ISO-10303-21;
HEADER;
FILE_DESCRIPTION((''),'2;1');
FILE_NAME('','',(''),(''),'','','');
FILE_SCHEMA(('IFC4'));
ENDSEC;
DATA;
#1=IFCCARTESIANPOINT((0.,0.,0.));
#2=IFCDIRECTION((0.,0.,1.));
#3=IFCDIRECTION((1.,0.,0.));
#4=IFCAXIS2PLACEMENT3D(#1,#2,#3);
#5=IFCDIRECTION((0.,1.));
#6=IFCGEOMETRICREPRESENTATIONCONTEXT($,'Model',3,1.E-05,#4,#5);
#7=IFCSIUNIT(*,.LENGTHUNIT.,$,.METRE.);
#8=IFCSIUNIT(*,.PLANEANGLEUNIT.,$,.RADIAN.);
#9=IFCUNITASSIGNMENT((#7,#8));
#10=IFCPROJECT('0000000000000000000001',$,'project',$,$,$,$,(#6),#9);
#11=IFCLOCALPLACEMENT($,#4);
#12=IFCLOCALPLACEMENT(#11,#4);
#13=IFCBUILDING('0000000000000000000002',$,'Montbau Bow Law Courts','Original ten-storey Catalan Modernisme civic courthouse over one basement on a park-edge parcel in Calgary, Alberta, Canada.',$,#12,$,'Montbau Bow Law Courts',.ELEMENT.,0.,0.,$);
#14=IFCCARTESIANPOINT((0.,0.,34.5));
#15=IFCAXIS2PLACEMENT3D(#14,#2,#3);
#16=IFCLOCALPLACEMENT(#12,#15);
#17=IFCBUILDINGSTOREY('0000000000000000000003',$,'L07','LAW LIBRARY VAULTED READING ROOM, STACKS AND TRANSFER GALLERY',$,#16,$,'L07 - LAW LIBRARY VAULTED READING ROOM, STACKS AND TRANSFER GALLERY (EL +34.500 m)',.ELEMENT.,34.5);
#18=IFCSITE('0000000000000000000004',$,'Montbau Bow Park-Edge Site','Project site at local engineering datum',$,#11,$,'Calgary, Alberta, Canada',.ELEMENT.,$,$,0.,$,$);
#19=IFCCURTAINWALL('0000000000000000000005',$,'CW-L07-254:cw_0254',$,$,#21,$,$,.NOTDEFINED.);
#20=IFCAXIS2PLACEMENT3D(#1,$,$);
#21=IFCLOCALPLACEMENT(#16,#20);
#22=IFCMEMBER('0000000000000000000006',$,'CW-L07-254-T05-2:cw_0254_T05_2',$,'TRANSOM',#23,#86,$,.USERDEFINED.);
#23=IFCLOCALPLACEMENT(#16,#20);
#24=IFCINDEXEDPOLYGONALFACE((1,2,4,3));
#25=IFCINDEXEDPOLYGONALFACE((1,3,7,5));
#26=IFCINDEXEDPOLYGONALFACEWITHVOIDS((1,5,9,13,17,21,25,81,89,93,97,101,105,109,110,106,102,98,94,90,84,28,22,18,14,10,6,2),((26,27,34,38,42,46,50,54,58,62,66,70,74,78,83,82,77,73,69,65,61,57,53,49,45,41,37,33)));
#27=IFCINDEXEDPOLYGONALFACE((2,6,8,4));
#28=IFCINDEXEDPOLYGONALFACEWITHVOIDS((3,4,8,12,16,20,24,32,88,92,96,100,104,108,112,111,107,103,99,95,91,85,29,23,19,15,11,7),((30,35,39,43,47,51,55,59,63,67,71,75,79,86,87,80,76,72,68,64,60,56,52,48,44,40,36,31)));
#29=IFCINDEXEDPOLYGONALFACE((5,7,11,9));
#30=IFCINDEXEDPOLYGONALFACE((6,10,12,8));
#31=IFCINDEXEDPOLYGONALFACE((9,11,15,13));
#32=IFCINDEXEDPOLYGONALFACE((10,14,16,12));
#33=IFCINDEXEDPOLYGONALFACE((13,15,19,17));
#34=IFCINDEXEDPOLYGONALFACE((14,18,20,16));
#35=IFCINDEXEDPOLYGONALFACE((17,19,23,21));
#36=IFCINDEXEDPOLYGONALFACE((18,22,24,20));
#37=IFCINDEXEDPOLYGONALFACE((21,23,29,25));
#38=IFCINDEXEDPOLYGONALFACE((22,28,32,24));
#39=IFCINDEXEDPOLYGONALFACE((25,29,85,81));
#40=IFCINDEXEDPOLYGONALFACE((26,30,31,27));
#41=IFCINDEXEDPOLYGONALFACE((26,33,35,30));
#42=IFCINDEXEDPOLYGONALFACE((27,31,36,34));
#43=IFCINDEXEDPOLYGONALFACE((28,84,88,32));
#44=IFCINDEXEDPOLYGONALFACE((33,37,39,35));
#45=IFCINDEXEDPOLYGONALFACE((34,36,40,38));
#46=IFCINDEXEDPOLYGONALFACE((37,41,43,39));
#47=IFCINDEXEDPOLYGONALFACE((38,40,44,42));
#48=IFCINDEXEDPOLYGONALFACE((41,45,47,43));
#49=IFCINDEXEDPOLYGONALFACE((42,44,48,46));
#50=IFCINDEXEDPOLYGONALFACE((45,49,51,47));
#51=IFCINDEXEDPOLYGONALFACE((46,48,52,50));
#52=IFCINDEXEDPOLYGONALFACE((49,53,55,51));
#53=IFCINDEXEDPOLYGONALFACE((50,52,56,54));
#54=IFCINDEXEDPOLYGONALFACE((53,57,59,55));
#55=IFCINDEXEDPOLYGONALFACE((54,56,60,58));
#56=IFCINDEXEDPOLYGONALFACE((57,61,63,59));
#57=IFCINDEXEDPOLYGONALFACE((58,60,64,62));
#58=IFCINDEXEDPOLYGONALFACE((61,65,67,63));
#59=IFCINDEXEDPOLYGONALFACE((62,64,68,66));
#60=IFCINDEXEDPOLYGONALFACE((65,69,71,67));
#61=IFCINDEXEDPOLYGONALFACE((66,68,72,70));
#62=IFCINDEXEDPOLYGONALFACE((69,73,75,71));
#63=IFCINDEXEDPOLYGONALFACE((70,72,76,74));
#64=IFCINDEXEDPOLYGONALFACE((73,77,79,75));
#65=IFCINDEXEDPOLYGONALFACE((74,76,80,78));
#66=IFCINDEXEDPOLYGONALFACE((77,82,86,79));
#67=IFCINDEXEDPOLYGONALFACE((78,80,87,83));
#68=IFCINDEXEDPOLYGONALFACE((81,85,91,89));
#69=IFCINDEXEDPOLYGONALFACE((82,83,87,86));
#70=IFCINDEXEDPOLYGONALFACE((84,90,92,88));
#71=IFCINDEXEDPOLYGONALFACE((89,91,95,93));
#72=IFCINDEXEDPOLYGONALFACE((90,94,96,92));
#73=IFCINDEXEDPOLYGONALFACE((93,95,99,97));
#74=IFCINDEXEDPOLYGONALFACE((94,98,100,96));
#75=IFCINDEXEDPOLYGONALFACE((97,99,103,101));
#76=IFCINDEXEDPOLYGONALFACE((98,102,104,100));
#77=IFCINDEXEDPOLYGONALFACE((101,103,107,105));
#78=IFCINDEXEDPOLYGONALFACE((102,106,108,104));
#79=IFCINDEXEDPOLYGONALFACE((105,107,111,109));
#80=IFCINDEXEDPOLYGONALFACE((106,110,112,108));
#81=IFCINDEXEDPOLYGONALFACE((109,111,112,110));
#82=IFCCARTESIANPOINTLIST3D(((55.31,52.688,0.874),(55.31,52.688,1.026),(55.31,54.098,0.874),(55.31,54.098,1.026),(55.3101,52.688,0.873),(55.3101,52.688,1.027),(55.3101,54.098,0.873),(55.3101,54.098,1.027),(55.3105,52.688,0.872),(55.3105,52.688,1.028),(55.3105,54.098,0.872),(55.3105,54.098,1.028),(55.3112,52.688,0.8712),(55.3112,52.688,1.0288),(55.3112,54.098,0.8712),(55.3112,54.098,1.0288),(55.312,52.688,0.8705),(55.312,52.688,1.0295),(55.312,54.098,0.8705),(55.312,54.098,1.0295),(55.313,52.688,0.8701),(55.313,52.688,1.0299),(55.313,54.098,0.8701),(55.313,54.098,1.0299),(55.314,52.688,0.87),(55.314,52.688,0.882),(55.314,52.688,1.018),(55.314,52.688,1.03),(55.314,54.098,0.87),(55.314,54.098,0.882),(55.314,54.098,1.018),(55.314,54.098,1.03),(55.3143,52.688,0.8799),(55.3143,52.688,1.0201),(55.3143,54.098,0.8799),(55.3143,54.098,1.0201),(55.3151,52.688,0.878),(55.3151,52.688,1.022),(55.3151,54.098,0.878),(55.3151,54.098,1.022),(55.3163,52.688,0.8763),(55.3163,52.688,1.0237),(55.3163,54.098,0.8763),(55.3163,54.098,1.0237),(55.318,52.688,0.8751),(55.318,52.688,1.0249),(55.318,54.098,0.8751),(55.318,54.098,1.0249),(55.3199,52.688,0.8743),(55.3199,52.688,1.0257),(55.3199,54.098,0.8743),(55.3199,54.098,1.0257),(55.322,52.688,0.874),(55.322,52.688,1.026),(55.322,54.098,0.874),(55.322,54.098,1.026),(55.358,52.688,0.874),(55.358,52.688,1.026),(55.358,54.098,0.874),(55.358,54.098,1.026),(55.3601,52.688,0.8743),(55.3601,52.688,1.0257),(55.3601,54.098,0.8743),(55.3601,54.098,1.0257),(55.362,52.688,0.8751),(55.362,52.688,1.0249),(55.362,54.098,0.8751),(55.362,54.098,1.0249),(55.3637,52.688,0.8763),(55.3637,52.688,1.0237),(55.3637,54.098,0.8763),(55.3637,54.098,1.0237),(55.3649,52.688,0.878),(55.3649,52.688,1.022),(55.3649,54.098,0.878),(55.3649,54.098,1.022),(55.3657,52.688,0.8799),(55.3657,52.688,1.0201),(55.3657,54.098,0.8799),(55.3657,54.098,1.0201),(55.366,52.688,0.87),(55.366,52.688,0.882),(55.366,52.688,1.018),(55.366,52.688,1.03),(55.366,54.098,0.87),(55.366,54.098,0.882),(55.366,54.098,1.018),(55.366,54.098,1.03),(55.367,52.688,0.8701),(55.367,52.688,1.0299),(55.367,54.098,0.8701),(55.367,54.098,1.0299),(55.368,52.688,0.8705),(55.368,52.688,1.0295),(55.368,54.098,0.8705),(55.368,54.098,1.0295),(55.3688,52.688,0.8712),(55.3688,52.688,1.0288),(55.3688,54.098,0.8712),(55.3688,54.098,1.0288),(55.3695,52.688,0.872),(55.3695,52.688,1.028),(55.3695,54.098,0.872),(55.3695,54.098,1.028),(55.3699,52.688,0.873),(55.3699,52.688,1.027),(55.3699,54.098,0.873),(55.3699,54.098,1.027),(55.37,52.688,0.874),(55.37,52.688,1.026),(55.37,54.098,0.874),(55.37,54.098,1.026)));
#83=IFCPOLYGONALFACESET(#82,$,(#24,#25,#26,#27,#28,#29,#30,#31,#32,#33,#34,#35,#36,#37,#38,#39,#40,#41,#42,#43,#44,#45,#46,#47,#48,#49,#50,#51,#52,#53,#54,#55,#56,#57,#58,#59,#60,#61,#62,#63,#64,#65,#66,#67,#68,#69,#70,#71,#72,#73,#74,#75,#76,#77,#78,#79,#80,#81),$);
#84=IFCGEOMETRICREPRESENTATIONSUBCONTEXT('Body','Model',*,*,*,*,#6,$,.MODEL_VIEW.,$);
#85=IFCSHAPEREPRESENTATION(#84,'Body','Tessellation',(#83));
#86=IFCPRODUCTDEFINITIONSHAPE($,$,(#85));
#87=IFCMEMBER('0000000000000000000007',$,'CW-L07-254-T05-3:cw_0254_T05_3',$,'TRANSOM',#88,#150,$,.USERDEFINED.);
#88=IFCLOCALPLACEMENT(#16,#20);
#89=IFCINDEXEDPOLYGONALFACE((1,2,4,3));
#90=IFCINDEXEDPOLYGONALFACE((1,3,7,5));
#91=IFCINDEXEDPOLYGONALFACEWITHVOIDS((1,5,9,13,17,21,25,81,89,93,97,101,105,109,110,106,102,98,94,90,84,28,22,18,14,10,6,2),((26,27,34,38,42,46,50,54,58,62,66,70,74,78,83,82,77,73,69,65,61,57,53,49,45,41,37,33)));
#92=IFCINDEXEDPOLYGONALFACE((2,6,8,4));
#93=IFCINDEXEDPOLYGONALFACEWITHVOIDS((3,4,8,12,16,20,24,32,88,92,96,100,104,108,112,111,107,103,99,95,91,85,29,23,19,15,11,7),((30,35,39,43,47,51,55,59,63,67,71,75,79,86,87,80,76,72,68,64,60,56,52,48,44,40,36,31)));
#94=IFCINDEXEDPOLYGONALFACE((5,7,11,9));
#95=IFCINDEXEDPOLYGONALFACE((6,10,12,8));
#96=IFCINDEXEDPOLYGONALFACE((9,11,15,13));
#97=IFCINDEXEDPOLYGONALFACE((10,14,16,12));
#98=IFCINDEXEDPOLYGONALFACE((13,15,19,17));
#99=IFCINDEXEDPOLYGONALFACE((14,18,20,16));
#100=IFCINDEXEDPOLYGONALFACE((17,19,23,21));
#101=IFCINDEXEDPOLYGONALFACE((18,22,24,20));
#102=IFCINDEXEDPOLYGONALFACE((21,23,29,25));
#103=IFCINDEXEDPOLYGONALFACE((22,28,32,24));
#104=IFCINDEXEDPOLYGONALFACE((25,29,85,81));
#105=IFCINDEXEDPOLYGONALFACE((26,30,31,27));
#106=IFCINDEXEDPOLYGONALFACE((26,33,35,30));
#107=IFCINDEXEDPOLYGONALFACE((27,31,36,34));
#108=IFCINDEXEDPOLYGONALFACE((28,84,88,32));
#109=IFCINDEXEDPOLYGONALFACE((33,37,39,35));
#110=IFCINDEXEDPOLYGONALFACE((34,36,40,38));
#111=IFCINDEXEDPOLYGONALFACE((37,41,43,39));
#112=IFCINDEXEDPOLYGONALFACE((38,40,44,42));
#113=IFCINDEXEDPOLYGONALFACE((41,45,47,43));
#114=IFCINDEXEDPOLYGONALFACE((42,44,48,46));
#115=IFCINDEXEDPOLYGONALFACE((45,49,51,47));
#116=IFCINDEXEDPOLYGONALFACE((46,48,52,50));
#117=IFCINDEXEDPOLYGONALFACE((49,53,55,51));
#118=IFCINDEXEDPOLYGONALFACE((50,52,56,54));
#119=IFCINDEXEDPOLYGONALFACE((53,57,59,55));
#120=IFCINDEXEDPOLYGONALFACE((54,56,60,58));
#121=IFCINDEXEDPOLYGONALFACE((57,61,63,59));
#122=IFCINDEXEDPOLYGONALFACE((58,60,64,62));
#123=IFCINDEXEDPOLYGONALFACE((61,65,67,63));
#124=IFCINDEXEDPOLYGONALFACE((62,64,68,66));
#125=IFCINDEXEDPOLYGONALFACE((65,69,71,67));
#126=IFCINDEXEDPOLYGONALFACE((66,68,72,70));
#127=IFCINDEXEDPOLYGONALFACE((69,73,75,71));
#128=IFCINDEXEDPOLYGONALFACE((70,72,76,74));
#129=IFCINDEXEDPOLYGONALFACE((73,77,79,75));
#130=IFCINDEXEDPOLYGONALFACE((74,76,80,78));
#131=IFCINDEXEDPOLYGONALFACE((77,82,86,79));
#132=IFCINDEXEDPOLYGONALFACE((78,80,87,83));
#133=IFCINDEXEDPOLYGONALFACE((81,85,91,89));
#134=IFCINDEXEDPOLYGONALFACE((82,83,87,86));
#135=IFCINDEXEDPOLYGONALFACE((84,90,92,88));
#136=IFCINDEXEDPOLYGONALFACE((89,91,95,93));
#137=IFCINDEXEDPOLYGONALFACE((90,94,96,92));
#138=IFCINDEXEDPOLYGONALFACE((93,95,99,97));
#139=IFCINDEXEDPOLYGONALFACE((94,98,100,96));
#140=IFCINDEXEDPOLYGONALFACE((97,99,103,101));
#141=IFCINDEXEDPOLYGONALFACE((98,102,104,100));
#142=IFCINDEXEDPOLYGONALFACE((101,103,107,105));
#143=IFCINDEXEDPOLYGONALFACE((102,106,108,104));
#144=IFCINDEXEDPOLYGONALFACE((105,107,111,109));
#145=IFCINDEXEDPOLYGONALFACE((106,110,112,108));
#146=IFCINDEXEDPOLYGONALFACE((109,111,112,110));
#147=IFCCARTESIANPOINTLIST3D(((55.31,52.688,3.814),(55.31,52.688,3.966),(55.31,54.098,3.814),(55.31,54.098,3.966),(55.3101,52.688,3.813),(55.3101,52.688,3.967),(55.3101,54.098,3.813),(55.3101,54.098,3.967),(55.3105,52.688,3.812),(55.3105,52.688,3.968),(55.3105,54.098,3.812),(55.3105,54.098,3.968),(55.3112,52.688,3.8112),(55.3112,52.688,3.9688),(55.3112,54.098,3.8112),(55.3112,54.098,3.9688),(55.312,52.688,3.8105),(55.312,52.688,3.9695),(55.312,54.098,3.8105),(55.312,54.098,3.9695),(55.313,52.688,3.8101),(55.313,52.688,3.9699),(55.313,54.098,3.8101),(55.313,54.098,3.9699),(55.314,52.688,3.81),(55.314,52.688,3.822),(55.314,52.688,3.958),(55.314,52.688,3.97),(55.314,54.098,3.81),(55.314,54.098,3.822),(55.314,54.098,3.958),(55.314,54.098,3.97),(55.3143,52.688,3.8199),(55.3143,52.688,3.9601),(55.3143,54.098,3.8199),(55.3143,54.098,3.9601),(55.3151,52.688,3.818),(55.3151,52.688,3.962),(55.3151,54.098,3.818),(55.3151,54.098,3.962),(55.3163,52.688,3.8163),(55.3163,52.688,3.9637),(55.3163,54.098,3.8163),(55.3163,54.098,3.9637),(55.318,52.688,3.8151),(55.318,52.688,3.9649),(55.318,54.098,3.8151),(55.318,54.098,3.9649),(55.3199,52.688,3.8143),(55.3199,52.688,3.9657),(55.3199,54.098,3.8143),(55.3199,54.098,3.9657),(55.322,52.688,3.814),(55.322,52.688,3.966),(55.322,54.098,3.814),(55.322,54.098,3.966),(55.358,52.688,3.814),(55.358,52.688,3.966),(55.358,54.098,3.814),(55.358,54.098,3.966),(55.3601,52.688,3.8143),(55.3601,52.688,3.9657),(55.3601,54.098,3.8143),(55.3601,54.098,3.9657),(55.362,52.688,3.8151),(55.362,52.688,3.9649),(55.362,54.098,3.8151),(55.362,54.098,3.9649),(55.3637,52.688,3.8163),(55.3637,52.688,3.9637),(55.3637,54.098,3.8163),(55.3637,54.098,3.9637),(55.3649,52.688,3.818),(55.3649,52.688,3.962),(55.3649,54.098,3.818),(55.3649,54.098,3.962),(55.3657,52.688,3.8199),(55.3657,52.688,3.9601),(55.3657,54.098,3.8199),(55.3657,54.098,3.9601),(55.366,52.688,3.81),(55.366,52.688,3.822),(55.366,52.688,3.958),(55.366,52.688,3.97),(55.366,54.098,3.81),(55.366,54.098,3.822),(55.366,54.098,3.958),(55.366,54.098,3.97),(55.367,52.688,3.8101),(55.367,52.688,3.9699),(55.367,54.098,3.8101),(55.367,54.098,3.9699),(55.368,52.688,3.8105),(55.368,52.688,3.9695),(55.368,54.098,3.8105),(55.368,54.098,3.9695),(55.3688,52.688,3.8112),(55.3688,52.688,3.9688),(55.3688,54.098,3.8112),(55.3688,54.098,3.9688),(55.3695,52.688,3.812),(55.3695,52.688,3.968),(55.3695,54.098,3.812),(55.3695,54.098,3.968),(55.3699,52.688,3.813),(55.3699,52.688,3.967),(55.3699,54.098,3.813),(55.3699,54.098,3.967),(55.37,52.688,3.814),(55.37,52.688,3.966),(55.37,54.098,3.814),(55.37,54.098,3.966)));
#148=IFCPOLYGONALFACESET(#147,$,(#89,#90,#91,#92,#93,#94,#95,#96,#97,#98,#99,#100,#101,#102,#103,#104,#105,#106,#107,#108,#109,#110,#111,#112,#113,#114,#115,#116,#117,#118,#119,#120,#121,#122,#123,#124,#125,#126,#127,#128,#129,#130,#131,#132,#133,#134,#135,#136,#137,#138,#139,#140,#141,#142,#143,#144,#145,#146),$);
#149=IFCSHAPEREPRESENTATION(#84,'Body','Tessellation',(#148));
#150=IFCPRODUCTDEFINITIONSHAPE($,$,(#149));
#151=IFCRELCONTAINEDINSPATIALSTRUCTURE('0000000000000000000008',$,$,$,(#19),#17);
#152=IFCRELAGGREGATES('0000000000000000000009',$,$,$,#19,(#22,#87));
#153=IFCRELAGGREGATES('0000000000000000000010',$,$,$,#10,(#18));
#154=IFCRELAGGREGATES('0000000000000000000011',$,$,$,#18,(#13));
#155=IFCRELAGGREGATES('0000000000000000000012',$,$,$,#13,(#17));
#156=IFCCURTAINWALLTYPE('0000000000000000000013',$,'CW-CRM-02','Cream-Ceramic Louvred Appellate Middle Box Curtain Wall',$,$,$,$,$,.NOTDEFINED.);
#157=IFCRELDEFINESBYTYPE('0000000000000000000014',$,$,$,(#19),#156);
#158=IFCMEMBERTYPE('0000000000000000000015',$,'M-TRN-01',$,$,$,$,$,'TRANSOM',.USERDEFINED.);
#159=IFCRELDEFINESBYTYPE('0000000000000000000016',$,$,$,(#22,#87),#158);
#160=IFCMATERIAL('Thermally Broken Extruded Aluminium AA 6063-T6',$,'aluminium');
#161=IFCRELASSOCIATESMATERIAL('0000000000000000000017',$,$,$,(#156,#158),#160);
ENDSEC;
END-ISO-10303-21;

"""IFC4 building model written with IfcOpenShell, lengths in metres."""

from ifc_helpers import new_model, si_unit, direction, frame, origin_with_axes, origin_2d_with_axis, place, context, subcontext, project, spatial, hollow_rectangle, extrude, material, material_profile, profile_set, type_object, element, aggregate, save


model = new_model("IFC4")

# Units and contexts
model_context = context("Model", 3, precision=1e-05, world=origin_with_axes(), true_north=direction((0.0, 1.0)))
body_context = subcontext(model_context, "Body", "Model", "MODEL_VIEW")
ifc_project = project(units=[si_unit("LENGTHUNIT", "METRE"), si_unit("PLANEANGLEUNIT", "RADIAN")], contexts=[model_context])

# Site, building, storey
site_placement = place(None, origin_with_axes())
site = spatial("IfcSite", under=ifc_project, at=site_placement, Name="Montbau Bow Park-Edge Site", Description="Project site at local engineering datum", LongName="Calgary, Alberta, Canada", CompositionType="ELEMENT", RefElevation=0.0)
building_placement = place(site_placement, origin_with_axes())
building = spatial("IfcBuilding", under=site, at=building_placement, Name="Montbau Bow Law Courts", Description="Original ten-storey Catalan Modernisme civic courthouse over one basement on a park-edge parcel in Calgary, Alberta, Canada.", LongName="Montbau Bow Law Courts", CompositionType="ELEMENT", ElevationOfRefHeight=0.0, ElevationOfTerrain=0.0)
storey_placement = place(building_placement, frame((0.0, 0.0, 34.5), z_axis=(0.0, 0.0, 1.0), x_axis=(1.0, 0.0, 0.0)))
storey = spatial("IfcBuildingStorey", under=building, at=storey_placement, Name="L07", Description="LAW LIBRARY VAULTED READING ROOM, STACKS AND TRANSFER GALLERY", LongName="L07 - LAW LIBRARY VAULTED READING ROOM, STACKS AND TRANSFER GALLERY (EL +34.500 m)", CompositionType="ELEMENT", Elevation=34.5)

# Curtain wall, members
ifc_material_1 = material(Name="Thermally Broken Extruded Aluminium AA 6063-T6", Category="aluminium")
curtain_wall_type = type_object("IfcCurtainWallType", Name="CW-CRM-02", Description="Cream-Ceramic Louvred Appellate Middle Box Curtain Wall", PredefinedType="NOTDEFINED", material=ifc_material_1)
curtain_wall_1_placement = place(None, frame((55.34, 46.64, 34.5), z_axis=(0.0, 0.0, 1.0), x_axis=(1.0, 0.0, 0.0)))
curtain_wall_1 = element("IfcCurtainWall", 1, at=curtain_wall_1_placement, inside=storey, type_object=curtain_wall_type, Name="CW-L07-254:cw_0254", PredefinedType="NOTDEFINED")
ifc_material_profile_1 = material_profile(ifc_material_1, hollow_rectangle(XDim=0.06, YDim=0.16, WallThickness=0.004, InnerFilletRadius=0.008, OuterFilletRadius=0.004, at=origin_2d_with_axis()), Name="CWT-160X60", Category="Main", Priority=0)
ifc_profile_set_1 = profile_set([ifc_material_profile_1], Name="Thermally Broken Extruded Aluminium AA 6063-T6")
member_type_1 = type_object("IfcMemberType", Name="M-TRN-01", ElementType="TRANSOM", PredefinedType="USERDEFINED", material=ifc_profile_set_1)
member_1_placement = place(None, frame((55.34, 52.688, 35.45), z_axis=(0.0, 1.0, 0.0), x_axis=(-1.0, 0.0, 0.0)))
member_1 = element("IfcMember", 2, at=member_1_placement, type_object=member_type_1, Name="CW-L07-254-T05-2:cw_0254_T05_2", ObjectType="TRANSOM", PredefinedType="USERDEFINED", context=body_context, shape_type="SweptSolid", body=[
    extrude(hollow_rectangle(XDim=0.06, YDim=0.16, WallThickness=0.004, InnerFilletRadius=0.008, OuterFilletRadius=0.004, at=origin_2d_with_axis()), origin_with_axes(), (0.0, 0.0, 1.0), 1.41),
])
member_2_placement = place(None, frame((55.34, 52.688, 38.39), z_axis=(0.0, 1.0, 0.0), x_axis=(-1.0, 0.0, 0.0)))
member_2 = element("IfcMember", 3, at=member_2_placement, type_object=member_type_1, Name="CW-L07-254-T05-3:cw_0254_T05_3", ObjectType="TRANSOM", PredefinedType="USERDEFINED", context=body_context, shape_type="SweptSolid", body=[
    extrude(hollow_rectangle(XDim=0.06, YDim=0.16, WallThickness=0.004, InnerFilletRadius=0.008, OuterFilletRadius=0.004, at=origin_2d_with_axis()), origin_with_axes(), (0.0, 0.0, 1.0), 1.41),
])

aggregate(curtain_wall_1, [member_1, member_2])

save(model, "model.ifc")
